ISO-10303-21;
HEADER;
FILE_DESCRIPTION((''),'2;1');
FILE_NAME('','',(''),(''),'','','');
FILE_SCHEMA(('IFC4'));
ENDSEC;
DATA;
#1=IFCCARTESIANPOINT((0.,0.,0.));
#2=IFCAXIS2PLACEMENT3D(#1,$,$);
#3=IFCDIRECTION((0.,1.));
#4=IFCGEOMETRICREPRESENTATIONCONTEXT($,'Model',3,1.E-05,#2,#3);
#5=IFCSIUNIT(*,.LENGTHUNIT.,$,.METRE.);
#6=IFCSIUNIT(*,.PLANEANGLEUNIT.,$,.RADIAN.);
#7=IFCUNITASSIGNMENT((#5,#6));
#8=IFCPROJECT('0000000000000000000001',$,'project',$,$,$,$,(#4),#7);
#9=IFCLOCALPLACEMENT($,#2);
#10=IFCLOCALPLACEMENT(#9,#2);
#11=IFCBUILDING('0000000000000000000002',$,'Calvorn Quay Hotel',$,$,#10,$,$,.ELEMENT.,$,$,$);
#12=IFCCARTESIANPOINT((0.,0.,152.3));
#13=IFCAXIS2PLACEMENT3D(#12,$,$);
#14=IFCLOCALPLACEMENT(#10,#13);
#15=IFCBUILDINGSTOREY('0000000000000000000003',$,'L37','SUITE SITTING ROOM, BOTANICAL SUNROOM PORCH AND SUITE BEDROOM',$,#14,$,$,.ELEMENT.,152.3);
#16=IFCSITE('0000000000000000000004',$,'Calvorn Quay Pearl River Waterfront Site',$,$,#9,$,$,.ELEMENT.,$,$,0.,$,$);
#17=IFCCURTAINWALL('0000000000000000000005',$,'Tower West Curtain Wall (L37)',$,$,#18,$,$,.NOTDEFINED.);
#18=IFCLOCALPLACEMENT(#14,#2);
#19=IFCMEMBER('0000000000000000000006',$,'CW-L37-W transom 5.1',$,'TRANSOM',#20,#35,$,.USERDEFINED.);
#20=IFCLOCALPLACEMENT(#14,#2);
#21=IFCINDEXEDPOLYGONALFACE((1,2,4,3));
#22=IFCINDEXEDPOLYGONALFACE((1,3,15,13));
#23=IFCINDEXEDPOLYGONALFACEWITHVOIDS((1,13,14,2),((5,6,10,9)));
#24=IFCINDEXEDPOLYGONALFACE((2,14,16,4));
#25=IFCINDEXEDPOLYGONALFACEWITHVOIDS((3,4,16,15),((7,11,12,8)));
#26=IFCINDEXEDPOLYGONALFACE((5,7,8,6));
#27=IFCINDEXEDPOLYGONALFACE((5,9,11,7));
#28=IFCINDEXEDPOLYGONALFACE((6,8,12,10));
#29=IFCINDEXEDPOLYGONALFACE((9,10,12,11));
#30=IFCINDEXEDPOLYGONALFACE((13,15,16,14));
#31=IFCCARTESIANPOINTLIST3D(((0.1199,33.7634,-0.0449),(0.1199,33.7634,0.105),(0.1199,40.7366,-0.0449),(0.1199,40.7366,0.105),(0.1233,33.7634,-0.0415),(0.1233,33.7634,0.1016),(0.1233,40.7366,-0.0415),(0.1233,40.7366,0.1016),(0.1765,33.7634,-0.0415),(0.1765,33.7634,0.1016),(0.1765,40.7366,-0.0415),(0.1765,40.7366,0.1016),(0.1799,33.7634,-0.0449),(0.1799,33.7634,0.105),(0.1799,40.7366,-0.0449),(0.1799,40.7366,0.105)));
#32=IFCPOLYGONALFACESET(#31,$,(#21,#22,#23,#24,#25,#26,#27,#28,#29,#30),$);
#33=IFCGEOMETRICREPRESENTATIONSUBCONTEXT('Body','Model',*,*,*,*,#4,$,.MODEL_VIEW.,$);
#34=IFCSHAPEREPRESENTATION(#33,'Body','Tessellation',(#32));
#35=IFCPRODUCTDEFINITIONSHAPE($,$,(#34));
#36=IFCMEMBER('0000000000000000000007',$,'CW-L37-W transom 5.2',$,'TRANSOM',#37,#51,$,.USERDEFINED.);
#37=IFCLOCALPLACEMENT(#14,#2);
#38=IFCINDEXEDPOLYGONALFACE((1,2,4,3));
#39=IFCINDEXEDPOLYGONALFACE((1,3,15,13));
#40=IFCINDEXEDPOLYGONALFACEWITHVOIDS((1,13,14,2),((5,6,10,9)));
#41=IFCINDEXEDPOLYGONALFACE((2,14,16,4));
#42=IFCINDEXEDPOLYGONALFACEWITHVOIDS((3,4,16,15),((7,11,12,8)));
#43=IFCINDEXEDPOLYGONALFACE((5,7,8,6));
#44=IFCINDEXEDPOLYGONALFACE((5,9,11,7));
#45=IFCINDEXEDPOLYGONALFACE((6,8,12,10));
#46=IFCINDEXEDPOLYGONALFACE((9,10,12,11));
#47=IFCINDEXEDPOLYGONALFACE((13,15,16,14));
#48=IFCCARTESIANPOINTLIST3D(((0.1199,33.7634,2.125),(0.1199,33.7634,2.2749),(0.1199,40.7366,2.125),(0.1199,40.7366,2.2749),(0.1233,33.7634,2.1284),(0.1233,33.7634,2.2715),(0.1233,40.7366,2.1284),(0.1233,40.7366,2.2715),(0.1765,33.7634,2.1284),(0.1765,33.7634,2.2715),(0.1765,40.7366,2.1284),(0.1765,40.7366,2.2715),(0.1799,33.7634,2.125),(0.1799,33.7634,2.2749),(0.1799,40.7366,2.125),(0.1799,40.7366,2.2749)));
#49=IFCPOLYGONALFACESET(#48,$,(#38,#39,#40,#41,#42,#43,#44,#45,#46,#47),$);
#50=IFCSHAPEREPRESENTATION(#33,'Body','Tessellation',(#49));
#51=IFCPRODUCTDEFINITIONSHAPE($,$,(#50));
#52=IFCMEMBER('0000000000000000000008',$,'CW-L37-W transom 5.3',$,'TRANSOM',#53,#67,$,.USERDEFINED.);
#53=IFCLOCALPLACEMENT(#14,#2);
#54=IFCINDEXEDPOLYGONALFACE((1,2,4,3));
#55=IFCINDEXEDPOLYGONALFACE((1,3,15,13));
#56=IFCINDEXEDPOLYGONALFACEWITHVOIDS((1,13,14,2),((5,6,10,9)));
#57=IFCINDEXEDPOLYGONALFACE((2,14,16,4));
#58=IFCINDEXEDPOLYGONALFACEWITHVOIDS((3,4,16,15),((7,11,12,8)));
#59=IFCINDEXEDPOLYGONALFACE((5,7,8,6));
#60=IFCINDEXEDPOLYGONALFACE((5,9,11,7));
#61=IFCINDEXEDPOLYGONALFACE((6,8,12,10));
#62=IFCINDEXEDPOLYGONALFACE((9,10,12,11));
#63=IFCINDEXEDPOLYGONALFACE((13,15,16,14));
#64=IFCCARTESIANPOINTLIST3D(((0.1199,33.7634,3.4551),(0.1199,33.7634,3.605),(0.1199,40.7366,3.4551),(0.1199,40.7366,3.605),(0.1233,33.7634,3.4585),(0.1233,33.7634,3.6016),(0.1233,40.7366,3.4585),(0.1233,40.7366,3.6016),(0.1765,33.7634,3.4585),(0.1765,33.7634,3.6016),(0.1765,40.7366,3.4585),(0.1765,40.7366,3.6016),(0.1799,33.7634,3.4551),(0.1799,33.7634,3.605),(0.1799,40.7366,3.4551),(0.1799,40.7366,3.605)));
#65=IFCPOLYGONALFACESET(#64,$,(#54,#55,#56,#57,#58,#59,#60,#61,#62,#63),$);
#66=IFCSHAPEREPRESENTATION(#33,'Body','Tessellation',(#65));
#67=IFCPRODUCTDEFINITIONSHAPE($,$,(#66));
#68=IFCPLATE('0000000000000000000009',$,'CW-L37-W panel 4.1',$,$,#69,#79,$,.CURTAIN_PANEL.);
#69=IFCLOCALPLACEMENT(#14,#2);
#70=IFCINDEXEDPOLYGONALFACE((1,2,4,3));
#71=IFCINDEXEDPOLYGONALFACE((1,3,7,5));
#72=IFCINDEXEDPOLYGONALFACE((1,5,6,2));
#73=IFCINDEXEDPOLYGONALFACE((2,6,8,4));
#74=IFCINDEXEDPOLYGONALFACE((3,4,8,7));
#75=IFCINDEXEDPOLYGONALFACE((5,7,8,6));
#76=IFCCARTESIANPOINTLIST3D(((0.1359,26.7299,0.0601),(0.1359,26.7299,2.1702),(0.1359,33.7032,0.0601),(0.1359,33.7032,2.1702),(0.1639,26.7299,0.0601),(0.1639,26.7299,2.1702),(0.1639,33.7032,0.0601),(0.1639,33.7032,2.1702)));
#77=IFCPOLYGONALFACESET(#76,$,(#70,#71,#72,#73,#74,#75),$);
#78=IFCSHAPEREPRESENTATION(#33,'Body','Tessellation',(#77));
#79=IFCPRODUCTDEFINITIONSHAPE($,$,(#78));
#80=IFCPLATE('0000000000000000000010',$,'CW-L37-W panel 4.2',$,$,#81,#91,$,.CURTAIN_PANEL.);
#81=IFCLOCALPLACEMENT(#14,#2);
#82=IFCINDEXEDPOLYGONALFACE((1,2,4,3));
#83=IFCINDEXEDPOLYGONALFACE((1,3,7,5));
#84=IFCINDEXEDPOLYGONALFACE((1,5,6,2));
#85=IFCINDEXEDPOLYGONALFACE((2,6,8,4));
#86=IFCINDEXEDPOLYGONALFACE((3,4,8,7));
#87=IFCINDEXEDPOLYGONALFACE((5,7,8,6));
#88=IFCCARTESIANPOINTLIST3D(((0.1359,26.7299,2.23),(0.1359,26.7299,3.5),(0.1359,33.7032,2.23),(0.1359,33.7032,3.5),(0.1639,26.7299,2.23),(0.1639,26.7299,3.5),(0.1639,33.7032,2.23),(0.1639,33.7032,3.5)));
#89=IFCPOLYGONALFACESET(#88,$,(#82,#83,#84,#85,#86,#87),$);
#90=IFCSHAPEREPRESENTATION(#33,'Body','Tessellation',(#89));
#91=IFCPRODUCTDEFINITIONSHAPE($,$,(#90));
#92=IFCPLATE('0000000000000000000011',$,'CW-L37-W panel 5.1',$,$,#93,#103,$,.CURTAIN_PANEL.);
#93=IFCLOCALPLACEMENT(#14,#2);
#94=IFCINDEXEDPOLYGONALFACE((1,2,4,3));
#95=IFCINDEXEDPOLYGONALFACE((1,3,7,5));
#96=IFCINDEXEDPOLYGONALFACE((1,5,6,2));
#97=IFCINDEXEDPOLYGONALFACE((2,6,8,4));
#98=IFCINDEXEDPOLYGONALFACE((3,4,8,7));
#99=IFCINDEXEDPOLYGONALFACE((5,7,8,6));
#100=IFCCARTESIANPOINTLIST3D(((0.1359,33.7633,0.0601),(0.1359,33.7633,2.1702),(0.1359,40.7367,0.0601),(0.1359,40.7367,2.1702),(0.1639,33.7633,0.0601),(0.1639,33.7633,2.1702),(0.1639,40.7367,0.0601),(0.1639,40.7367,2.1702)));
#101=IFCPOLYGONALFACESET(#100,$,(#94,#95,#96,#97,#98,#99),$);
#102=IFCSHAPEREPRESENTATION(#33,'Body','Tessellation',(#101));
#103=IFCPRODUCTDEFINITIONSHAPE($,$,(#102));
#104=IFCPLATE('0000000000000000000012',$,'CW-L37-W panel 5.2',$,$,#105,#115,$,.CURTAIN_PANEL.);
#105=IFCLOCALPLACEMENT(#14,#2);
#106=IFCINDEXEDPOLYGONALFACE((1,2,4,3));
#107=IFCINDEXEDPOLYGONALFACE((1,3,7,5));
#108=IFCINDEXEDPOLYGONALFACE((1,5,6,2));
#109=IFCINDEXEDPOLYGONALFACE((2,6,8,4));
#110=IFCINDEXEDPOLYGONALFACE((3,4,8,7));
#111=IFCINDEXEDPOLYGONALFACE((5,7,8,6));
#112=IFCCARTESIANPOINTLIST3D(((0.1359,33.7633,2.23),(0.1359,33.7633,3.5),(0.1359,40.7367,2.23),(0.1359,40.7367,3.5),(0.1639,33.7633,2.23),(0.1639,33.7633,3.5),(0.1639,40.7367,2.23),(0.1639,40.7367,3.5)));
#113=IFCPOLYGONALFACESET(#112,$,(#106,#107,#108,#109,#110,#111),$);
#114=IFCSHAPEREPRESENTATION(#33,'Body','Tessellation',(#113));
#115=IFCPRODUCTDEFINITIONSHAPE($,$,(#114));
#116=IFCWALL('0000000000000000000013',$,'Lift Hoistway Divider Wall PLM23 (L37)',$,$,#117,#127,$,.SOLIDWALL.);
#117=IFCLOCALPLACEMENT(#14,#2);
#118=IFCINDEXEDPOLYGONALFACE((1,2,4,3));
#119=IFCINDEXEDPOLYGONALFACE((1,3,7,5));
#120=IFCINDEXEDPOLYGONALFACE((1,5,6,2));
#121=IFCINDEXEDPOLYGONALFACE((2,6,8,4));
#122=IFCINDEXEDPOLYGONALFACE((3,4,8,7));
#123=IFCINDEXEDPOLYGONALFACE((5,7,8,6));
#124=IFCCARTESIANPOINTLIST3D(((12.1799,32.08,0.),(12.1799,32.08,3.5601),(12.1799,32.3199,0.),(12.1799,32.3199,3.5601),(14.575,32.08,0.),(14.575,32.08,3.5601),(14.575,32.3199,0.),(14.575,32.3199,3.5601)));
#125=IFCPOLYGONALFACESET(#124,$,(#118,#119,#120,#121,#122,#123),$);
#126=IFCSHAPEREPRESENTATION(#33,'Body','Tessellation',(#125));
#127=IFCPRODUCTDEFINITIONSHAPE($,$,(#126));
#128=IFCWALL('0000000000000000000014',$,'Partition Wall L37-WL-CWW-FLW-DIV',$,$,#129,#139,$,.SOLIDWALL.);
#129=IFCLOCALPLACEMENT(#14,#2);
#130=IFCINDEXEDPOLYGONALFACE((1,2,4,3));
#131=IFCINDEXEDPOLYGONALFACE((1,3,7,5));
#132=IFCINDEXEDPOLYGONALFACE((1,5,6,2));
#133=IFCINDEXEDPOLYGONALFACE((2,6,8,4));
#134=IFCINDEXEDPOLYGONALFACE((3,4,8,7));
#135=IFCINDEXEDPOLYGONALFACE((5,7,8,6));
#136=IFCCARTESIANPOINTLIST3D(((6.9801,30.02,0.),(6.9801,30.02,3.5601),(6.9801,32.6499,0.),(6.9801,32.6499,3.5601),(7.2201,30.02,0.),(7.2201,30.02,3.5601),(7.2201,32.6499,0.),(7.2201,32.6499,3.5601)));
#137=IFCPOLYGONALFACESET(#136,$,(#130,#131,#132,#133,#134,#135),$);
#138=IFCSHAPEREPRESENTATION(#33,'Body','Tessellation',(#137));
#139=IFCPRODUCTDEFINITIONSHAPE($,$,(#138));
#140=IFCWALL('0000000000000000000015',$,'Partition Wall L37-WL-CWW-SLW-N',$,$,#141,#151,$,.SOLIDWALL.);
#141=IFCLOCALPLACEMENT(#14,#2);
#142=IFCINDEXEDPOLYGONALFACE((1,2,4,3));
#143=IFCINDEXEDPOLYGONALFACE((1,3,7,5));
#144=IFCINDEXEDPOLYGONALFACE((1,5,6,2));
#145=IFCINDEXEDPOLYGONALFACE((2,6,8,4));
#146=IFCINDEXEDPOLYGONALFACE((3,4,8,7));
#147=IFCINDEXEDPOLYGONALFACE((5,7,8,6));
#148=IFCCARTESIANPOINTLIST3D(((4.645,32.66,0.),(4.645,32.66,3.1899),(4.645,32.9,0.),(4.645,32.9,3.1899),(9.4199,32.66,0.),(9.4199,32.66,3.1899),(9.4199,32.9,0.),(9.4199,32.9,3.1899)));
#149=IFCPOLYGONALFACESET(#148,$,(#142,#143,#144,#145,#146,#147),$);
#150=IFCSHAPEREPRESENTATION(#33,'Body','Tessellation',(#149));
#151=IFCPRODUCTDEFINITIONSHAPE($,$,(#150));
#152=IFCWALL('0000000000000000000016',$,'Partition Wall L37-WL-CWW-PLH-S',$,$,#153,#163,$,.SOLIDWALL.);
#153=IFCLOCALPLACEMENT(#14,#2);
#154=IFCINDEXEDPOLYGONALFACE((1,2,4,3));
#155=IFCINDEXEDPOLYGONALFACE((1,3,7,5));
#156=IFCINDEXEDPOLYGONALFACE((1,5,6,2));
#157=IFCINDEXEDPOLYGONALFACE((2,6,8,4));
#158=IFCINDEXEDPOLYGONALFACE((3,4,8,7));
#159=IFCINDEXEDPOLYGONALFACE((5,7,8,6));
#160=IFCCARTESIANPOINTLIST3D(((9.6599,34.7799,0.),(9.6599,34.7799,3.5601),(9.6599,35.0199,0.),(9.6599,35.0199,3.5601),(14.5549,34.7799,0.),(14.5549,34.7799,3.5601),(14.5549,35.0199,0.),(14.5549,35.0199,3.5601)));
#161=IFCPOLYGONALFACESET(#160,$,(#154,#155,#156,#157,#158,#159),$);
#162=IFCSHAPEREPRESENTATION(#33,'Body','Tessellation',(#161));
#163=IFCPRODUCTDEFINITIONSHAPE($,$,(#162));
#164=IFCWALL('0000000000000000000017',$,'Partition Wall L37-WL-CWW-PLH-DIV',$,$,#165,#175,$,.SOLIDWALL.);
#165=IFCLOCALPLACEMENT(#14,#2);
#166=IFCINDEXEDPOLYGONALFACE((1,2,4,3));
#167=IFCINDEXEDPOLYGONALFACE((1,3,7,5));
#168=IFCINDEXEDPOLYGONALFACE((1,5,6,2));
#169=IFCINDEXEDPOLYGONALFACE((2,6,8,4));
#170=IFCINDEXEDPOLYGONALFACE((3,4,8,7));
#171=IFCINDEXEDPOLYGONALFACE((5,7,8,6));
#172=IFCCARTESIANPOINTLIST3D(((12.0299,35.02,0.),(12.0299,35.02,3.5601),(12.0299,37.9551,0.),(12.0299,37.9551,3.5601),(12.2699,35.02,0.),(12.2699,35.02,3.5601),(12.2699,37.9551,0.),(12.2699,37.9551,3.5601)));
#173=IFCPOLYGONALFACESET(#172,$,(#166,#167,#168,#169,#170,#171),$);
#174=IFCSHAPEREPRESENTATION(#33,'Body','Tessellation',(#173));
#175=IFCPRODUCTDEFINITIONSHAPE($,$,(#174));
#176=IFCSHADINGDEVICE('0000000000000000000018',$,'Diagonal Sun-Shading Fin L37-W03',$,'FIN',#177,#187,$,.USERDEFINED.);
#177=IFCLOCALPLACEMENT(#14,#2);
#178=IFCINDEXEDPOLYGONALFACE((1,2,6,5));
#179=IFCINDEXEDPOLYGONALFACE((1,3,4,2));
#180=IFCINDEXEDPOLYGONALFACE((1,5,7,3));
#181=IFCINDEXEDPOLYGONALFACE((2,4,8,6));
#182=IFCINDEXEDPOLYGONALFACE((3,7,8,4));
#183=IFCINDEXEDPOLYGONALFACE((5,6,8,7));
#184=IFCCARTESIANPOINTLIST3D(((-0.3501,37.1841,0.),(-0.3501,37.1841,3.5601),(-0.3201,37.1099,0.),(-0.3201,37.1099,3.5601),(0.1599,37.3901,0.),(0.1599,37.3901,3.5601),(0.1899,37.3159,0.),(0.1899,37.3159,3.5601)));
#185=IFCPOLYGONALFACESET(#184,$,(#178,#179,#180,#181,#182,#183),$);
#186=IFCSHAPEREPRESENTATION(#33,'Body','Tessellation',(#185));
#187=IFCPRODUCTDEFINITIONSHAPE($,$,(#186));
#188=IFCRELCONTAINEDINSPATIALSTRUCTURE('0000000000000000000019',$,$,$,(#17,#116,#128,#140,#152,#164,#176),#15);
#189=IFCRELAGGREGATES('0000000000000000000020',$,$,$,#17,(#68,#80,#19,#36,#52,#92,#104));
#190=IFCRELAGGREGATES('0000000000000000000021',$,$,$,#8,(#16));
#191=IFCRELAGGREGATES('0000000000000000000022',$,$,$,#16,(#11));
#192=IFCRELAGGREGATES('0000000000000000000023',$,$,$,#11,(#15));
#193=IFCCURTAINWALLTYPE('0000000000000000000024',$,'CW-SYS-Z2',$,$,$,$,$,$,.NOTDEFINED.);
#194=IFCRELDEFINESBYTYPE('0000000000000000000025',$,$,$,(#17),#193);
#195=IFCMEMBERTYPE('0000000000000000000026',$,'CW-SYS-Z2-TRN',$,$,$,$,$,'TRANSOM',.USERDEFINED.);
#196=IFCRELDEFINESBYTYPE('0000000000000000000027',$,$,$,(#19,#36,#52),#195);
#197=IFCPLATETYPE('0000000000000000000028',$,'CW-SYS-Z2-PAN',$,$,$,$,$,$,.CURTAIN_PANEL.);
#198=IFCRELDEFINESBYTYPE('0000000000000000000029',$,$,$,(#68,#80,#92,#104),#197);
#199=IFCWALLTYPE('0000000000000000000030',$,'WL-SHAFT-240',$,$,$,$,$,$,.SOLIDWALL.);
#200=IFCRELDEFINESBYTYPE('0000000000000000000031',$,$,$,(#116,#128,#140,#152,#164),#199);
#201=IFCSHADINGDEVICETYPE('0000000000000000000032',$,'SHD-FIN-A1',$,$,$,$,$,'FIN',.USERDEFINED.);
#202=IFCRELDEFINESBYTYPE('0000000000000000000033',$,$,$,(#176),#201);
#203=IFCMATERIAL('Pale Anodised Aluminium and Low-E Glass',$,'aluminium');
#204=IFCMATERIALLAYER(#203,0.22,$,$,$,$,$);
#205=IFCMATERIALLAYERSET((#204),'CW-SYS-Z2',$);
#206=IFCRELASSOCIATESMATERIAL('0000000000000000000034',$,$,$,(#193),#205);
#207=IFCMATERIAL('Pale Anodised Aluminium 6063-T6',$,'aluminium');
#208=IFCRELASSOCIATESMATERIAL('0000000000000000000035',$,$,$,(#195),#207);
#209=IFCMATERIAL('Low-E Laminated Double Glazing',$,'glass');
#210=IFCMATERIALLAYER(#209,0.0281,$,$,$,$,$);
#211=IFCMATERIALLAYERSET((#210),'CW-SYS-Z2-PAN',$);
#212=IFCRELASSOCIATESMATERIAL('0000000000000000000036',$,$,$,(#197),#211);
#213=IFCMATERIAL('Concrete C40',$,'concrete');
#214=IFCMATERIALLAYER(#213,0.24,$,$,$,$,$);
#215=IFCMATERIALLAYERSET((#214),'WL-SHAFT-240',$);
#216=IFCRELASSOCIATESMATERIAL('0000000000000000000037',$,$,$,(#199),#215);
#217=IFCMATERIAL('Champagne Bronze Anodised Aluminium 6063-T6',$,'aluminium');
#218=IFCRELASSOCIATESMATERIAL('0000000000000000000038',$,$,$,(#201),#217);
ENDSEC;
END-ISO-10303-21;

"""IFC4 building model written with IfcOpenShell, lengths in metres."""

from ifc_helpers import new_model, si_unit, direction, frame, frame_2d, origin, origin_2d, place, context, subcontext, project, spatial, rectangle, hollow_rectangle, extrude, material, layer, layer_set, material_profile, profile_set, type_object, element, aggregate, save


model = new_model("IFC4")

# Units and contexts
model_context = context("Model", 3, precision=1e-05, world=origin(), true_north=direction((0.0, 1.0)))
body_context = subcontext(model_context, "Body", "Model", "MODEL_VIEW")
ifc_project = project(units=[si_unit("LENGTHUNIT", "METRE"), si_unit("PLANEANGLEUNIT", "RADIAN")], contexts=[model_context])

# Site, building, storey
site_placement = place(None, origin())
site = spatial("IfcSite", under=ifc_project, at=site_placement, Name="Calvorn Quay Pearl River Waterfront Site", CompositionType="ELEMENT", RefElevation=0.0)
building_placement = place(site_placement, origin())
building = spatial("IfcBuilding", under=site, at=building_placement, Name="Calvorn Quay Hotel", CompositionType="ELEMENT")
storey_placement = place(building_placement, frame((0.0, 0.0, 152.3)))
storey = spatial("IfcBuildingStorey", under=building, at=storey_placement, Name="L37", Description="SUITE SITTING ROOM, BOTANICAL SUNROOM PORCH AND SUITE BEDROOM", CompositionType="ELEMENT", Elevation=152.3)

# Curtain wall, members, plates
ifc_material_1 = material(Name="Pale Anodised Aluminium and Low-E Glass", Category="aluminium")
ifc_layer_1 = layer(ifc_material_1, 0.22)
ifc_layer_set_1 = layer_set([ifc_layer_1], Name="CW-SYS-Z2")
curtain_wall_type = type_object("IfcCurtainWallType", Name="CW-SYS-Z2", PredefinedType="NOTDEFINED", material=ifc_layer_set_1)
curtain_wall_placement = place(storey_placement, origin())
curtain_wall = element("IfcCurtainWall", 1, at=curtain_wall_placement, inside=storey, type_object=curtain_wall_type, Name="Tower West Curtain Wall (L37)", PredefinedType="NOTDEFINED")
ifc_material_2 = material(Name="Pale Anodised Aluminium 6063-T6", Category="aluminium")
ifc_material_profile_1 = material_profile(ifc_material_2, hollow_rectangle(XDim=0.0601, YDim=0.1499, WallThickness=0.0034, at=origin_2d()), Name="ALU-T150x60x3.5")
ifc_profile_set_1 = profile_set([ifc_material_profile_1], Name="Pale Anodised Aluminium 6063-T6")
member_type_1 = type_object("IfcMemberType", Name="CW-SYS-Z2-TRN", ElementType="TRANSOM", PredefinedType="USERDEFINED", material=ifc_profile_set_1)
member_1_placement = place(storey_placement, frame((0.1499, 33.7634, 0.03), z_axis=(0.0, 1.0, 0.0), x_axis=(-1.0, 0.0, 0.0)))
member_1 = element("IfcMember", 2, at=member_1_placement, type_object=member_type_1, Name="CW-L37-W transom 5.1", ObjectType="TRANSOM", PredefinedType="USERDEFINED", context=body_context, shape_type="SweptSolid", body=[
    extrude(hollow_rectangle(XDim=0.0601, YDim=0.1499, WallThickness=0.0034, at=origin_2d()), origin(), (0.0, 0.0, 1.0), 6.9731),
])
member_2_placement = place(storey_placement, frame((0.1499, 33.7634, 2.2), z_axis=(0.0, 1.0, 0.0), x_axis=(-1.0, 0.0, 0.0)))
member_2 = element("IfcMember", 3, at=member_2_placement, type_object=member_type_1, Name="CW-L37-W transom 5.2", ObjectType="TRANSOM", PredefinedType="USERDEFINED", context=body_context, shape_type="SweptSolid", body=[
    extrude(hollow_rectangle(XDim=0.0601, YDim=0.1499, WallThickness=0.0034, at=origin_2d()), origin(), (0.0, 0.0, 1.0), 6.9731),
])
member_3_placement = place(storey_placement, frame((0.1499, 33.7634, 3.53), z_axis=(0.0, 1.0, 0.0), x_axis=(-1.0, 0.0, 0.0)))
member_3 = element("IfcMember", 4, at=member_3_placement, type_object=member_type_1, Name="CW-L37-W transom 5.3", ObjectType="TRANSOM", PredefinedType="USERDEFINED", context=body_context, shape_type="SweptSolid", body=[
    extrude(hollow_rectangle(XDim=0.0601, YDim=0.1499, WallThickness=0.0034, at=origin_2d()), origin(), (0.0, 0.0, 1.0), 6.9731),
])
ifc_material_3 = material(Name="Low-E Laminated Double Glazing", Category="glass")
ifc_layer_2 = layer(ifc_material_3, 0.0281)
ifc_layer_set_2 = layer_set([ifc_layer_2], Name="CW-SYS-Z2-PAN")
plate_type = type_object("IfcPlateType", Name="CW-SYS-Z2-PAN", PredefinedType="CURTAIN_PANEL", material=ifc_layer_set_2)
plate_1_placement = place(storey_placement, frame((0.1499, 30.2166, 0.0601), z_axis=(0.0, 0.0, 1.0), x_axis=(0.0, 1.0, 0.0)))
plate_1 = element("IfcPlate", 5, at=plate_1_placement, type_object=plate_type, Name="CW-L37-W panel 4.1", PredefinedType="CURTAIN_PANEL", context=body_context, shape_type="SweptSolid", body=[
    extrude(rectangle(XDim=6.9734, YDim=0.0281, at=origin_2d()), origin(), (0.0, 0.0, 1.0), 2.1101),
])
plate_2_placement = place(storey_placement, frame((0.1499, 30.2166, 2.23), z_axis=(0.0, 0.0, 1.0), x_axis=(0.0, 1.0, 0.0)))
plate_2 = element("IfcPlate", 6, at=plate_2_placement, type_object=plate_type, Name="CW-L37-W panel 4.2", PredefinedType="CURTAIN_PANEL", context=body_context, shape_type="SweptSolid", body=[
    extrude(rectangle(XDim=6.9734, YDim=0.0281, at=origin_2d()), origin(), (0.0, 0.0, 1.0), 1.27),
])
plate_3_placement = place(storey_placement, frame((0.1499, 37.25, 0.0601), z_axis=(0.0, 0.0, 1.0), x_axis=(0.0, 1.0, 0.0)))
plate_3 = element("IfcPlate", 7, at=plate_3_placement, type_object=plate_type, Name="CW-L37-W panel 5.1", PredefinedType="CURTAIN_PANEL", context=body_context, shape_type="SweptSolid", body=[
    extrude(rectangle(XDim=6.9734, YDim=0.0281, at=origin_2d()), origin(), (0.0, 0.0, 1.0), 2.1101),
])
plate_4_placement = place(storey_placement, frame((0.1499, 37.25, 2.23), z_axis=(0.0, 0.0, 1.0), x_axis=(0.0, 1.0, 0.0)))
plate_4 = element("IfcPlate", 8, at=plate_4_placement, type_object=plate_type, Name="CW-L37-W panel 5.2", PredefinedType="CURTAIN_PANEL", context=body_context, shape_type="SweptSolid", body=[
    extrude(rectangle(XDim=6.9734, YDim=0.0281, at=origin_2d()), origin(), (0.0, 0.0, 1.0), 1.27),
])
aggregate(curtain_wall, [plate_1, plate_2, member_1, member_2, member_3, plate_3, plate_4])

# Walls
ifc_material_4 = material(Name="Concrete C40", Category="concrete")
ifc_layer_3 = layer(ifc_material_4, 0.24)
ifc_layer_set_3 = layer_set([ifc_layer_3], Name="WL-SHAFT-240")
wall_type_1 = type_object("IfcWallType", Name="WL-SHAFT-240", PredefinedType="SOLIDWALL", material=ifc_layer_set_3)
wall_1_placement = place(storey_placement, frame((12.1799, 32.2, 0.0), z_axis=(0.0, 0.0, 1.0), x_axis=(1.0, 0.0, 0.0)))
element("IfcWall", 9, at=wall_1_placement, inside=storey, type_object=wall_type_1, Name="Lift Hoistway Divider Wall PLM23 (L37)", PredefinedType="SOLIDWALL", context=body_context, shape_type="SweptSolid", body=[
    extrude(rectangle(XDim=2.395, YDim=0.24, at=frame_2d((1.1975, 0.0))), origin(), (0.0, 0.0, 1.0), 3.5601),
])
wall_2_placement = place(storey_placement, frame((7.1001, 30.02, 0.0), z_axis=(0.0, 0.0, 1.0), x_axis=(0.0, 1.0, 0.0)))
element("IfcWall", 10, at=wall_2_placement, inside=storey, type_object=wall_type_1, Name="Partition Wall L37-WL-CWW-FLW-DIV", PredefinedType="SOLIDWALL", context=body_context, shape_type="SweptSolid", body=[
    extrude(rectangle(XDim=2.6299, YDim=0.24, at=frame_2d((1.3149, 0.0))), origin(), (0.0, 0.0, 1.0), 3.5601),
])
wall_3_placement = place(storey_placement, frame((4.645, 32.78, 0.0), z_axis=(0.0, 0.0, 1.0), x_axis=(1.0, 0.0, 0.0)))
element("IfcWall", 11, at=wall_3_placement, inside=storey, type_object=wall_type_1, Name="Partition Wall L37-WL-CWW-SLW-N", PredefinedType="SOLIDWALL", context=body_context, shape_type="SweptSolid", body=[
    extrude(rectangle(XDim=4.7749, YDim=0.24, at=frame_2d((2.3875, 0.0))), origin(), (0.0, 0.0, 1.0), 3.1899),
])
wall_4_placement = place(storey_placement, frame((9.6599, 34.8999, 0.0), z_axis=(0.0, 0.0, 1.0), x_axis=(1.0, 0.0, 0.0)))
element("IfcWall", 12, at=wall_4_placement, inside=storey, type_object=wall_type_1, Name="Partition Wall L37-WL-CWW-PLH-S", PredefinedType="SOLIDWALL", context=body_context, shape_type="SweptSolid", body=[
    extrude(rectangle(XDim=4.895, YDim=0.24, at=frame_2d((2.4475, 0.0))), origin(), (0.0, 0.0, 1.0), 3.5601),
])
wall_5_placement = place(storey_placement, frame((12.1499, 35.02, 0.0), z_axis=(0.0, 0.0, 1.0), x_axis=(0.0, 1.0, 0.0)))
element("IfcWall", 13, at=wall_5_placement, inside=storey, type_object=wall_type_1, Name="Partition Wall L37-WL-CWW-PLH-DIV", PredefinedType="SOLIDWALL", context=body_context, shape_type="SweptSolid", body=[
    extrude(rectangle(XDim=2.9351, YDim=0.24, at=frame_2d((1.4675, 0.0))), origin(), (0.0, 0.0, 1.0), 3.5601),
])

# Shading device
ifc_material_5 = material(Name="Champagne Bronze Anodised Aluminium 6063-T6", Category="aluminium")
shading_device_type = type_object("IfcShadingDeviceType", Name="SHD-FIN-A1", ElementType="FIN", PredefinedType="USERDEFINED", material=ifc_material_5)
shading_device_placement = place(storey_placement, frame((-0.0801, 37.25, 0.0), z_axis=(0.0, 0.0, 1.0), x_axis=(0.927184, 0.374607, 0.0)))
element("IfcShadingDevice", 14, at=shading_device_placement, inside=storey, type_object=shading_device_type, Name="Diagonal Sun-Shading Fin L37-W03", ObjectType="FIN", PredefinedType="USERDEFINED", context=body_context, shape_type="SweptSolid", body=[
    extrude(rectangle(XDim=0.55, YDim=0.0801, at=origin_2d()), origin(), (0.0, 0.0, 1.0), 3.5601),
])

save(model, "model.ifc")
